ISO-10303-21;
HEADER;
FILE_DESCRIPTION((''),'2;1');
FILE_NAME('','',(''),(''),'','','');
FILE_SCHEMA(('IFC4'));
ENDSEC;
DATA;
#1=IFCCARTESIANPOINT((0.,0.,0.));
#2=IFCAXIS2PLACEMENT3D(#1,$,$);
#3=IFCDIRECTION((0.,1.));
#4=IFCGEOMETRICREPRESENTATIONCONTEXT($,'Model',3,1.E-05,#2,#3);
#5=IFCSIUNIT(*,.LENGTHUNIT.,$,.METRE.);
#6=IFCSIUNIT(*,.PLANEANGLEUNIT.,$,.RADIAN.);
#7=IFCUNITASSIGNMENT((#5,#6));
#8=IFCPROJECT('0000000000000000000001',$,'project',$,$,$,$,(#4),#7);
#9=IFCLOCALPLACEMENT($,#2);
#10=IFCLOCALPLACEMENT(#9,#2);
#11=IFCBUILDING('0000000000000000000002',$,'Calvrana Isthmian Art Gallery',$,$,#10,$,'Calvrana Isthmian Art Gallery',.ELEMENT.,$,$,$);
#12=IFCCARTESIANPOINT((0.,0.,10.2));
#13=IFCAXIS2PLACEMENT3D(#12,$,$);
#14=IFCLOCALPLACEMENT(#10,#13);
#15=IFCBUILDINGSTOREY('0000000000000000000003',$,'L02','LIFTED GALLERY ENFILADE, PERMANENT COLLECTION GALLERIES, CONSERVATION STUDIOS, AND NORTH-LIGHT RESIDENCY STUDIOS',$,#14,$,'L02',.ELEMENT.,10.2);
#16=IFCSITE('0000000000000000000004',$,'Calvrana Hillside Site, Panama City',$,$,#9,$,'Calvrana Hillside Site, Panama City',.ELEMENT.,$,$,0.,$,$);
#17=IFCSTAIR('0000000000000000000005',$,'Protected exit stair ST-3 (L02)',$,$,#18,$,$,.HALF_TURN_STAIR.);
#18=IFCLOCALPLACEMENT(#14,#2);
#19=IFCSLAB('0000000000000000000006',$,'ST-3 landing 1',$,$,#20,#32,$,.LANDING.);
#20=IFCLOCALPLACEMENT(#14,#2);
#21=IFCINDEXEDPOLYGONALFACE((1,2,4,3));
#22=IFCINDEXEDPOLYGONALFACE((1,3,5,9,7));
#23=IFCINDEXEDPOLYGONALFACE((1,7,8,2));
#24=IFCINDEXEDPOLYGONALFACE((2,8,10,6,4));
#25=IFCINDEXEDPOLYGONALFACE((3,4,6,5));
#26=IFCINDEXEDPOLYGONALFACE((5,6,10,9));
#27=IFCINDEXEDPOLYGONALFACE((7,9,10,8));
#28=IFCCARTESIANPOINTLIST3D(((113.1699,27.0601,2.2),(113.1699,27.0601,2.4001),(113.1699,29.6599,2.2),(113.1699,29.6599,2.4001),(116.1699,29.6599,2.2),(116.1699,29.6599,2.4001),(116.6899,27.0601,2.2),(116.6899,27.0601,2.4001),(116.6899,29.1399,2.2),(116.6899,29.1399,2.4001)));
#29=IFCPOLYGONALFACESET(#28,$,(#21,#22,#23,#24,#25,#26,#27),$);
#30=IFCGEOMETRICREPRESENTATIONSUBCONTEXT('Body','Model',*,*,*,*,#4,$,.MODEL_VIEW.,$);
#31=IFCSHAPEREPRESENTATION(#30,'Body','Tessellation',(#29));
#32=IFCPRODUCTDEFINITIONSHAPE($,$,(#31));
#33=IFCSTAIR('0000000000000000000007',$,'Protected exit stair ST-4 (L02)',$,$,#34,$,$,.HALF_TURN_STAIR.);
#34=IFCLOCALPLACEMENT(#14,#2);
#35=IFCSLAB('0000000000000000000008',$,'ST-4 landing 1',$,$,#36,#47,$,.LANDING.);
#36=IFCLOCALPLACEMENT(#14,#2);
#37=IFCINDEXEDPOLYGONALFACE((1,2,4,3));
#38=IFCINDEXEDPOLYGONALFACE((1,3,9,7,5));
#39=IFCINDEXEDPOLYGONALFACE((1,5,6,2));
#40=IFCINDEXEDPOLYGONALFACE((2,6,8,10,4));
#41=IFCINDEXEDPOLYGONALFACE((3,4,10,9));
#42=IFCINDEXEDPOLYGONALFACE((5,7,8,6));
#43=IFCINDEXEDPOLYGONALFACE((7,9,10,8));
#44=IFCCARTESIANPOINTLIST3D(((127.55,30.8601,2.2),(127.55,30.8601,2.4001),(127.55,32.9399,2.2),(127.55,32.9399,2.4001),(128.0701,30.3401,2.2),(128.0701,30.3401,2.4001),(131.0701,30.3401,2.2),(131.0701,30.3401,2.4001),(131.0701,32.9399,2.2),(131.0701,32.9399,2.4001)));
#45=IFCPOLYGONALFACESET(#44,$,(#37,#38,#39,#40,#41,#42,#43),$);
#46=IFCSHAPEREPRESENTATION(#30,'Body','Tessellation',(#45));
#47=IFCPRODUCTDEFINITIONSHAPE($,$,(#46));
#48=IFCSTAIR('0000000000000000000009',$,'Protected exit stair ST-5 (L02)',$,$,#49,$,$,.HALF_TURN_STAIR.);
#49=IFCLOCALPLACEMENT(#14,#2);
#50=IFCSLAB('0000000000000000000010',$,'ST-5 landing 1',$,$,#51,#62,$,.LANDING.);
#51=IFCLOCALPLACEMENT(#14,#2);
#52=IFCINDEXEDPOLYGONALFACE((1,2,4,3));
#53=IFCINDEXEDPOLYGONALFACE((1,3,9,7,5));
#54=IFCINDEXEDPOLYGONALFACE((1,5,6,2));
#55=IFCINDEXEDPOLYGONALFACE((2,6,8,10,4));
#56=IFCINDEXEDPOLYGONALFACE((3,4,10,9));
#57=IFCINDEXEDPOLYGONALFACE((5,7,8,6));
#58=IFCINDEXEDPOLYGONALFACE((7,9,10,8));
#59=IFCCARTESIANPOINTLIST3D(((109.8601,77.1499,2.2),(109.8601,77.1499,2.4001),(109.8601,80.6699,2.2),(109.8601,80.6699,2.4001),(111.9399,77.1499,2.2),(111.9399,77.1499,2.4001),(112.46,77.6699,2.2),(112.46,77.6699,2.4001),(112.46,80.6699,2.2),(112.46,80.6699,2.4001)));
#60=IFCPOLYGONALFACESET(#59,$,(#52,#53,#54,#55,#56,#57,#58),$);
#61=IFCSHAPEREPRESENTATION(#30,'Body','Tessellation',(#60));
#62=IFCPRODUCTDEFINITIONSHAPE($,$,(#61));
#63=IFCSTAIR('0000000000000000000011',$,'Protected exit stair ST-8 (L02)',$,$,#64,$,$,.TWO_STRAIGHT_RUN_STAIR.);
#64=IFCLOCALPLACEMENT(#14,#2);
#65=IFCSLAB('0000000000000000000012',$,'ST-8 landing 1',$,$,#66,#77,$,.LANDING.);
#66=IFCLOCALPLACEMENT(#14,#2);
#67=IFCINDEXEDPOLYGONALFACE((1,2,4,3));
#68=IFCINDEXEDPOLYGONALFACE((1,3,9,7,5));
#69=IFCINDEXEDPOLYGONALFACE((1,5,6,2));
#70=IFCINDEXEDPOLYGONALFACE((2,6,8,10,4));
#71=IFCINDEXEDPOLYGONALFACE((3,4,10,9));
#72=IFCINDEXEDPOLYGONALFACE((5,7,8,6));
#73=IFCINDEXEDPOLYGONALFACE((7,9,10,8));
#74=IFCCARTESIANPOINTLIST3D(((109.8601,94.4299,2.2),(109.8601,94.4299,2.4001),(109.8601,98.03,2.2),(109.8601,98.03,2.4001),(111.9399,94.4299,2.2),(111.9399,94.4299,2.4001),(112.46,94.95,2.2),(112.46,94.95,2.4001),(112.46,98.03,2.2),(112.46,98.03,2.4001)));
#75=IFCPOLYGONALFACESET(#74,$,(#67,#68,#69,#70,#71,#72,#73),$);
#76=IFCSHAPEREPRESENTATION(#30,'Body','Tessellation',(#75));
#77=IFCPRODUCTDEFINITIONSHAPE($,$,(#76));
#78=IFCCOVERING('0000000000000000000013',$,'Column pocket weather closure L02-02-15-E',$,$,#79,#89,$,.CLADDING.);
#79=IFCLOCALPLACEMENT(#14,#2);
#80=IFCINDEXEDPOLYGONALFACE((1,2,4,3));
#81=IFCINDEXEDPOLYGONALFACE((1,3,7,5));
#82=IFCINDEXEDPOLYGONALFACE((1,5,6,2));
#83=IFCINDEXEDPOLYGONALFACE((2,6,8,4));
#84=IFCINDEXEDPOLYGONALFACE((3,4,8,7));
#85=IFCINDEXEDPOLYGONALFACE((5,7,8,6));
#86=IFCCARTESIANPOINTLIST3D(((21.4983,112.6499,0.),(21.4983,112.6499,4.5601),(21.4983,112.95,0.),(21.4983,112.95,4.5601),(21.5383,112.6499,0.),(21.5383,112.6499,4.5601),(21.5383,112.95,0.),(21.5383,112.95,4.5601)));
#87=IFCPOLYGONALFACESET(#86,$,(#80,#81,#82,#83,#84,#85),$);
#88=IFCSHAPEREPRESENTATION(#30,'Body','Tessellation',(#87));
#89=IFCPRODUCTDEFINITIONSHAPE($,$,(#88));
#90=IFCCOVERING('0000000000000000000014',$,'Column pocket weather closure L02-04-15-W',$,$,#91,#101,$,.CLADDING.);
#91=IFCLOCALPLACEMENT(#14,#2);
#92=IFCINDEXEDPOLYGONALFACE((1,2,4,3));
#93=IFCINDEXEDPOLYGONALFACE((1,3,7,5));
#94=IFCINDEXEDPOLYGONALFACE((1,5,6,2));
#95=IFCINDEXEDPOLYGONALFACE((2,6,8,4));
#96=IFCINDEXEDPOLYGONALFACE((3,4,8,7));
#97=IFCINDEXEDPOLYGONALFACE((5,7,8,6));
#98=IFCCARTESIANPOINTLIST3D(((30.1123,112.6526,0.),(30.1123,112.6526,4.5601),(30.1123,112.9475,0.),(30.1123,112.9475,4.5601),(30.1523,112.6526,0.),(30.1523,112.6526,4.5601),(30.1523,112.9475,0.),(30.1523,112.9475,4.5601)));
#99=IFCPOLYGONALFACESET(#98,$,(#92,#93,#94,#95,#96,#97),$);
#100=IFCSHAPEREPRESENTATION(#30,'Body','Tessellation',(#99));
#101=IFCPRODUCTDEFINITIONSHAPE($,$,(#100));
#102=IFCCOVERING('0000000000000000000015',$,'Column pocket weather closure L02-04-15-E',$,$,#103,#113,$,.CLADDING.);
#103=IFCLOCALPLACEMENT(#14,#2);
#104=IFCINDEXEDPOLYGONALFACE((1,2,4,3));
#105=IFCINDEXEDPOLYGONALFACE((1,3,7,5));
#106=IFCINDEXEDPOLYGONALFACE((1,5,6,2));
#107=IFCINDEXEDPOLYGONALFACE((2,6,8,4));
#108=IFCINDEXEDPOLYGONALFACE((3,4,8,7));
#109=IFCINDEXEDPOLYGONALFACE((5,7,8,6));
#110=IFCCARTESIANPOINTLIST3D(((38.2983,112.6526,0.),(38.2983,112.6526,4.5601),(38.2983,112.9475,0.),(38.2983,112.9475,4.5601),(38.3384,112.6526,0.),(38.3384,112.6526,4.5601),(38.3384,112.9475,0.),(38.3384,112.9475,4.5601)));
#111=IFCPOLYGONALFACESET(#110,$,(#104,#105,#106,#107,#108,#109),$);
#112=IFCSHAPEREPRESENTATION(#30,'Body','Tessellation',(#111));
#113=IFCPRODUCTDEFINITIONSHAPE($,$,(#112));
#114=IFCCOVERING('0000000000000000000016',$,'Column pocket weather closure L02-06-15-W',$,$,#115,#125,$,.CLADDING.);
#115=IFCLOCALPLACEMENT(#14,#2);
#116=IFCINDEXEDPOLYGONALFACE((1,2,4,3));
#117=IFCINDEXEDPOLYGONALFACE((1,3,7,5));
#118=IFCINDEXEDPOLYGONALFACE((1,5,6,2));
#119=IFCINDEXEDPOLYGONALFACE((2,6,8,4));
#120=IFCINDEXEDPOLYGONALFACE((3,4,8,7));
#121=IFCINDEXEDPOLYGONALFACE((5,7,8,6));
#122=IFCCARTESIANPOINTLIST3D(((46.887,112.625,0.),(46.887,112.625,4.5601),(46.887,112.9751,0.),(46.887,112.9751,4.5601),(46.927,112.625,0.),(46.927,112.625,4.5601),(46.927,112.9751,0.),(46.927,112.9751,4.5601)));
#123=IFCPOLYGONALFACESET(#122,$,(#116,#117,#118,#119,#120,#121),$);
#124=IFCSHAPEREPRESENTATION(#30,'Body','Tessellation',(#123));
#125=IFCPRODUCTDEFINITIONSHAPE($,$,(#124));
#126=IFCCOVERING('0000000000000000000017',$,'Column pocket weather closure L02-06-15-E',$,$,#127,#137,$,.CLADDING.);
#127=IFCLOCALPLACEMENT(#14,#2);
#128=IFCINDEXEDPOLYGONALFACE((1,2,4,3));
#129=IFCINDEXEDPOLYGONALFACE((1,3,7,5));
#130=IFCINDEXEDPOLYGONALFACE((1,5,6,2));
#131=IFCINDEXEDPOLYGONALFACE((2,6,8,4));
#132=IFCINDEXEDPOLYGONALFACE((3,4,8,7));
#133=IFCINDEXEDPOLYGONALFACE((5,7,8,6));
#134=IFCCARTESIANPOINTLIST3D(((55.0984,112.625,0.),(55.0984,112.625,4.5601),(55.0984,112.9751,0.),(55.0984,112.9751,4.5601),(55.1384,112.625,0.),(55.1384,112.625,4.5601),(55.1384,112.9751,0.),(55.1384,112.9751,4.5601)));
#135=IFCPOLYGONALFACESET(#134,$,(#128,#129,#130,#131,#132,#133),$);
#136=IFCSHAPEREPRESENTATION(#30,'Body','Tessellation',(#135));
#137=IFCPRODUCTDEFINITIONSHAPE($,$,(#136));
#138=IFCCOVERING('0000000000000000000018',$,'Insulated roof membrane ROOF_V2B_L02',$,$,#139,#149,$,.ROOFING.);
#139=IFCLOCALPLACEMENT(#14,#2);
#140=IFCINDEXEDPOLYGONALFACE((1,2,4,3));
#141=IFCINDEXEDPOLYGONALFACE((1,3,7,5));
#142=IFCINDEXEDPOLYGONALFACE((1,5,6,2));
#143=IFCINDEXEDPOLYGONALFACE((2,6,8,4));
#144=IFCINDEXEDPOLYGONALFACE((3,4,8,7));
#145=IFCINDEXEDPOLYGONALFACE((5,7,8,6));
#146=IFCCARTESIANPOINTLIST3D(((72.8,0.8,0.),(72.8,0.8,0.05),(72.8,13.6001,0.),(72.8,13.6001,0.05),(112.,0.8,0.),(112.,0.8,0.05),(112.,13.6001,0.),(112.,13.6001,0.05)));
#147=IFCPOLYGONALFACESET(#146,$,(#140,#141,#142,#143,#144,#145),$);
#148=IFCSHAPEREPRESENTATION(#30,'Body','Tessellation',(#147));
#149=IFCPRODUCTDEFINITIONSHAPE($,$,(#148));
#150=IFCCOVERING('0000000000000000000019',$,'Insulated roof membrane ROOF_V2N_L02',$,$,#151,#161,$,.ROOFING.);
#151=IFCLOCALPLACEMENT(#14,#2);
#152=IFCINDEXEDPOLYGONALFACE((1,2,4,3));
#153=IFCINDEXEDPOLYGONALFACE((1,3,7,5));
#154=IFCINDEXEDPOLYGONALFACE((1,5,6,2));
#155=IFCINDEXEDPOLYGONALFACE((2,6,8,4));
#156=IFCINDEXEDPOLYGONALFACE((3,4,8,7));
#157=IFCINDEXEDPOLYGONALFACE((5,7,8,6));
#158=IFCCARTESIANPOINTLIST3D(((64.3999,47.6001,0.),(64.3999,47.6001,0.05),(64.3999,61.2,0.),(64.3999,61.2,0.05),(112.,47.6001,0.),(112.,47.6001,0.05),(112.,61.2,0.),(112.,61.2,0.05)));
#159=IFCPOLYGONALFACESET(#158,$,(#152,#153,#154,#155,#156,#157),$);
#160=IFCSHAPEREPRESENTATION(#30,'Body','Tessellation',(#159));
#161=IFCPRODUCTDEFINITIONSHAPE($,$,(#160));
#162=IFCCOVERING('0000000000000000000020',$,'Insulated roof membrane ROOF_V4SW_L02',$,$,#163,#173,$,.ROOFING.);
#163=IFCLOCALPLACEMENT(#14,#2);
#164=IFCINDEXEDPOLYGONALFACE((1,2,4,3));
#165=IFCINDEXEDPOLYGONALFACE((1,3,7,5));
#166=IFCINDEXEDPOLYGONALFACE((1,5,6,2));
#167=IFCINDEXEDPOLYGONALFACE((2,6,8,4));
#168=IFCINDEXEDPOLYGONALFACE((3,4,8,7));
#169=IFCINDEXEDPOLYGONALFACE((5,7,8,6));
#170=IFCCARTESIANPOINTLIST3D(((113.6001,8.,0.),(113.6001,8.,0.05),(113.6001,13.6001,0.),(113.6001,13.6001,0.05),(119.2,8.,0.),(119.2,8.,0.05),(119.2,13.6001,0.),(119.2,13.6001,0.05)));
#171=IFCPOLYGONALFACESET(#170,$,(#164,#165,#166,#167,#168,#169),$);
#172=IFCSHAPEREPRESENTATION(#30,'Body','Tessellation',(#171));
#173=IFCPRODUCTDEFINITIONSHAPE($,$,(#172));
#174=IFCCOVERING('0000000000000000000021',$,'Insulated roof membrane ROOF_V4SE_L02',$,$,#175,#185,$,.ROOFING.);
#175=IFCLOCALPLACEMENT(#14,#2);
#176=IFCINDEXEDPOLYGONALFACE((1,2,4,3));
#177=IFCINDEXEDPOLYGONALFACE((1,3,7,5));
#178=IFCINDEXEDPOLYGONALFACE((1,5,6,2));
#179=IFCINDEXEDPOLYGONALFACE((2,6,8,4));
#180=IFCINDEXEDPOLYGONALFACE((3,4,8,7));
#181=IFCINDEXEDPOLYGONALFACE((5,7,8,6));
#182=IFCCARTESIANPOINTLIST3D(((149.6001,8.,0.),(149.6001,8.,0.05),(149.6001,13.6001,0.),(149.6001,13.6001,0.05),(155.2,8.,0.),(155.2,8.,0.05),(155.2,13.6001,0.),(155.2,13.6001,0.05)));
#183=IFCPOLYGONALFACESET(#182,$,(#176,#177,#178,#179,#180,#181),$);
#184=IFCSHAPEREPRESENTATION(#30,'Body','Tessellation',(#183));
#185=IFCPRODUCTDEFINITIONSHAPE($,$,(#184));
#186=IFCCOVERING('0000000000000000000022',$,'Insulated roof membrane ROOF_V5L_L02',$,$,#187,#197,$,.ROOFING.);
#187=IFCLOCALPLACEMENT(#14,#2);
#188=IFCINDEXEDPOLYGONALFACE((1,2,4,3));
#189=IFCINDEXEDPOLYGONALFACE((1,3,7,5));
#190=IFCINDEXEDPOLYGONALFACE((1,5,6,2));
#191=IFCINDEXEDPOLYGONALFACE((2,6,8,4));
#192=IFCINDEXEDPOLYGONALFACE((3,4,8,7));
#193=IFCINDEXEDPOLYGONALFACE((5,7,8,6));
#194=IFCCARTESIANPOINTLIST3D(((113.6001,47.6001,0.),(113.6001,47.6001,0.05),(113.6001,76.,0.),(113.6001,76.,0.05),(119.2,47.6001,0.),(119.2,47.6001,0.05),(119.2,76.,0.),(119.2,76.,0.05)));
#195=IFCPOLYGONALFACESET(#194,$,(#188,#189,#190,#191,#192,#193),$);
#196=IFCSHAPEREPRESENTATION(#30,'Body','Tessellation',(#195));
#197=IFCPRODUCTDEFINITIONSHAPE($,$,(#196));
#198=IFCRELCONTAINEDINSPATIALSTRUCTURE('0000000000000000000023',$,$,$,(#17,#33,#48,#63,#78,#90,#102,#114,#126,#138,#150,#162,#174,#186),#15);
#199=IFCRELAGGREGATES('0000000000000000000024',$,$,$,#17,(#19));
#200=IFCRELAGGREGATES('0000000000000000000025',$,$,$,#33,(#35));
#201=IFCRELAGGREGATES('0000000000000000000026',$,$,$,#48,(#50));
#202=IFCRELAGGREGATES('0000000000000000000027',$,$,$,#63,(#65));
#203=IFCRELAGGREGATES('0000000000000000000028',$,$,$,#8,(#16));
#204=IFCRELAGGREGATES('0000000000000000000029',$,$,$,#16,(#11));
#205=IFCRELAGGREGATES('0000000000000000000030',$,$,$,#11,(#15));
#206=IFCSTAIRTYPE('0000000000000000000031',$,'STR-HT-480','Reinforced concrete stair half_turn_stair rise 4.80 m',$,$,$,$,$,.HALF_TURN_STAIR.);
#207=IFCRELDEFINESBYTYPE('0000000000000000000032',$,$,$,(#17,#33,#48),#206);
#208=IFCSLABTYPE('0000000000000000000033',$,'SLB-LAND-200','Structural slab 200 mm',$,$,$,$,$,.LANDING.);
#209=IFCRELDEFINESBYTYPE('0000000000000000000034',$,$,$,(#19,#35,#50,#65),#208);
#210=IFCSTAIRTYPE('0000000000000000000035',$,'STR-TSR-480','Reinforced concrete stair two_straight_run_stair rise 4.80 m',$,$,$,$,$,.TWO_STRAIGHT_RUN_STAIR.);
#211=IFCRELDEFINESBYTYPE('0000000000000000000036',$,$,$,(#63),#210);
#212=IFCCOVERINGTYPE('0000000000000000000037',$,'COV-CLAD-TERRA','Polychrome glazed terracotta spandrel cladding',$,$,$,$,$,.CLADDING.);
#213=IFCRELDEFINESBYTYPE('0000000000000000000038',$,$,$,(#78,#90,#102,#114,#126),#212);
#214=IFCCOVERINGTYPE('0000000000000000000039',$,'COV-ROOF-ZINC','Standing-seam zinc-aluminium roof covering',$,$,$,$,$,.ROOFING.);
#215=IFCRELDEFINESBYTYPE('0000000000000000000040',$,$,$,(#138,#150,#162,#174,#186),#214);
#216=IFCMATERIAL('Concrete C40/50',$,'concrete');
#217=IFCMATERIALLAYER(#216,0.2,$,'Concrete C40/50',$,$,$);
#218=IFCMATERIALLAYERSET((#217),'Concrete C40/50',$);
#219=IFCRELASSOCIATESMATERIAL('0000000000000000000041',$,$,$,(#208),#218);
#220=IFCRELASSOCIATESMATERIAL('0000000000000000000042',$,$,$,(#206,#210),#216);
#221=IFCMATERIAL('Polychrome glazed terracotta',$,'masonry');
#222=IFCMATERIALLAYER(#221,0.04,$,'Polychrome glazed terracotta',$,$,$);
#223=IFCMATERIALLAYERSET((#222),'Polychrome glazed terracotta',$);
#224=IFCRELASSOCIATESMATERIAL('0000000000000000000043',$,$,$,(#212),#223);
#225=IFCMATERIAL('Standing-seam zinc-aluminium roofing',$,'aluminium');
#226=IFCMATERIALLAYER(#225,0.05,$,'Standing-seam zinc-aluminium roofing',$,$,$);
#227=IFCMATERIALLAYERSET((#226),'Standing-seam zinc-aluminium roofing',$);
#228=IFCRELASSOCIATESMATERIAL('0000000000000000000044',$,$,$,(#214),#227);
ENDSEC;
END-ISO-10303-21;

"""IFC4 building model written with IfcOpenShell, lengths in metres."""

from ifc_helpers import new_model, si_unit, direction, frame, origin, place, context, subcontext, project, spatial, polyline, outline, extrude, material, layer, layer_set, type_object, element, aggregate, save


model = new_model("IFC4")

# Units and contexts
model_context = context("Model", 3, precision=1e-05, world=origin(), true_north=direction((0.0, 1.0)))
body_context = subcontext(model_context, "Body", "Model", "MODEL_VIEW")
ifc_project = project(units=[si_unit("LENGTHUNIT", "METRE"), si_unit("PLANEANGLEUNIT", "RADIAN")], contexts=[model_context])

# Site, building, storey
site_placement = place(None, origin())
site = spatial("IfcSite", under=ifc_project, at=site_placement, Name="Calvrana Hillside Site, Panama City", LongName="Calvrana Hillside Site, Panama City", CompositionType="ELEMENT", RefElevation=0.0)
building_placement = place(site_placement, origin())
building = spatial("IfcBuilding", under=site, at=building_placement, Name="Calvrana Isthmian Art Gallery", LongName="Calvrana Isthmian Art Gallery", CompositionType="ELEMENT")
storey_placement = place(building_placement, frame((0.0, 0.0, 10.2)))
storey = spatial("IfcBuildingStorey", under=building, at=storey_placement, Name="L02", Description="LIFTED GALLERY ENFILADE, PERMANENT COLLECTION GALLERIES, CONSERVATION STUDIOS, AND NORTH-LIGHT RESIDENCY STUDIOS", LongName="L02", CompositionType="ELEMENT", Elevation=10.2)

# Stairs, slabs
ifc_material_1 = material(Name="Concrete C40/50", Category="concrete")
ifc_layer_1 = layer(ifc_material_1, 0.2, Name="Concrete C40/50")
ifc_layer_set_1 = layer_set([ifc_layer_1], Name="Concrete C40/50")
slab_type = type_object("IfcSlabType", Name="SLB-LAND-200", Description="Structural slab 200 mm", PredefinedType="LANDING", material=ifc_layer_set_1)
stair_type_1 = type_object("IfcStairType", Name="STR-HT-480", Description="Reinforced concrete stair half_turn_stair rise 4.80 m", PredefinedType="HALF_TURN_STAIR", material=ifc_material_1)
stair_1_placement = place(storey_placement, origin())
stair_1 = element("IfcStair", 1, at=stair_1_placement, inside=storey, type_object=stair_type_1, Name="Protected exit stair ST-3 (L02)", PredefinedType="HALF_TURN_STAIR")
slab_1_placement = place(storey_placement, frame((0.0, 0.0, 2.2)))
slab_1 = element("IfcSlab", 2, at=slab_1_placement, type_object=slab_type, Name="ST-3 landing 1", PredefinedType="LANDING", context=body_context, shape_type="SweptSolid", body=[
    extrude(outline(polyline([(116.6899, 27.0601), (116.6899, 29.1399), (116.1699, 29.6599), (113.1699, 29.6599), (113.1699, 27.0601), (116.6899, 27.0601)])), origin(), (0.0, 0.0, 1.0), 0.2002),
])
aggregate(stair_1, [slab_1])
stair_2_placement = place(storey_placement, origin())
stair_2 = element("IfcStair", 3, at=stair_2_placement, inside=storey, type_object=stair_type_1, Name="Protected exit stair ST-4 (L02)", PredefinedType="HALF_TURN_STAIR")
slab_2_placement = place(storey_placement, frame((0.0, 0.0, 2.2)))
slab_2 = element("IfcSlab", 4, at=slab_2_placement, type_object=slab_type, Name="ST-4 landing 1", PredefinedType="LANDING", context=body_context, shape_type="SweptSolid", body=[
    extrude(outline(polyline([(127.55, 32.9399), (127.55, 30.8601), (128.0701, 30.3401), (131.0701, 30.3401), (131.0701, 32.9399), (127.55, 32.9399)])), origin(), (0.0, 0.0, 1.0), 0.2002),
])
aggregate(stair_2, [slab_2])
stair_3_placement = place(storey_placement, origin())
stair_3 = element("IfcStair", 5, at=stair_3_placement, inside=storey, type_object=stair_type_1, Name="Protected exit stair ST-5 (L02)", PredefinedType="HALF_TURN_STAIR")
slab_3_placement = place(storey_placement, frame((0.0, 0.0, 2.2)))
slab_3 = element("IfcSlab", 6, at=slab_3_placement, type_object=slab_type, Name="ST-5 landing 1", PredefinedType="LANDING", context=body_context, shape_type="SweptSolid", body=[
    extrude(outline(polyline([(109.8601, 77.1499), (111.9399, 77.1499), (112.46, 77.6699), (112.46, 80.6699), (109.8601, 80.6699), (109.8601, 77.1499)])), origin(), (0.0, 0.0, 1.0), 0.2002),
])
aggregate(stair_3, [slab_3])
stair_type_2 = type_object("IfcStairType", Name="STR-TSR-480", Description="Reinforced concrete stair two_straight_run_stair rise 4.80 m", PredefinedType="TWO_STRAIGHT_RUN_STAIR", material=ifc_material_1)
stair_4_placement = place(storey_placement, origin())
stair_4 = element("IfcStair", 7, at=stair_4_placement, inside=storey, type_object=stair_type_2, Name="Protected exit stair ST-8 (L02)", PredefinedType="TWO_STRAIGHT_RUN_STAIR")
slab_4_placement = place(storey_placement, frame((0.0, 0.0, 2.2)))
slab_4 = element("IfcSlab", 8, at=slab_4_placement, type_object=slab_type, Name="ST-8 landing 1", PredefinedType="LANDING", context=body_context, shape_type="SweptSolid", body=[
    extrude(outline(polyline([(109.8601, 94.4299), (111.9399, 94.4299), (112.46, 94.95), (112.46, 98.03), (109.8601, 98.03), (109.8601, 94.4299)])), origin(), (0.0, 0.0, 1.0), 0.2002),
])
aggregate(stair_4, [slab_4])

# Coverings
ifc_material_2 = material(Name="Polychrome glazed terracotta", Category="masonry")
ifc_layer_2 = layer(ifc_material_2, 0.04, Name="Polychrome glazed terracotta")
ifc_layer_set_2 = layer_set([ifc_layer_2], Name="Polychrome glazed terracotta")
covering_type_1 = type_object("IfcCoveringType", Name="COV-CLAD-TERRA", Description="Polychrome glazed terracotta spandrel cladding", PredefinedType="CLADDING", material=ifc_layer_set_2)
covering_1_placement = place(storey_placement, origin())
element("IfcCovering", 9, at=covering_1_placement, inside=storey, type_object=covering_type_1, Name="Column pocket weather closure L02-02-15-E", PredefinedType="CLADDING", context=body_context, shape_type="SweptSolid", body=[
    extrude(outline(polyline([(21.4983, 112.6499), (21.5383, 112.6499), (21.5383, 112.95), (21.4983, 112.95), (21.4983, 112.6499)])), origin(), (0.0, 0.0, 1.0), 4.5601),
])
covering_2_placement = place(storey_placement, origin())
element("IfcCovering", 10, at=covering_2_placement, inside=storey, type_object=covering_type_1, Name="Column pocket weather closure L02-04-15-W", PredefinedType="CLADDING", context=body_context, shape_type="SweptSolid", body=[
    extrude(outline(polyline([(30.1123, 112.6526), (30.1523, 112.6526), (30.1523, 112.9475), (30.1123, 112.9475), (30.1123, 112.6526)])), origin(), (0.0, 0.0, 1.0), 4.5601),
])
covering_3_placement = place(storey_placement, origin())
element("IfcCovering", 11, at=covering_3_placement, inside=storey, type_object=covering_type_1, Name="Column pocket weather closure L02-04-15-E", PredefinedType="CLADDING", context=body_context, shape_type="SweptSolid", body=[
    extrude(outline(polyline([(38.2983, 112.6526), (38.3384, 112.6526), (38.3384, 112.9475), (38.2983, 112.9475), (38.2983, 112.6526)])), origin(), (0.0, 0.0, 1.0), 4.5601),
])
covering_4_placement = place(storey_placement, origin())
element("IfcCovering", 12, at=covering_4_placement, inside=storey, type_object=covering_type_1, Name="Column pocket weather closure L02-06-15-W", PredefinedType="CLADDING", context=body_context, shape_type="SweptSolid", body=[
    extrude(outline(polyline([(46.887, 112.625), (46.927, 112.625), (46.927, 112.9751), (46.887, 112.9751), (46.887, 112.625)])), origin(), (0.0, 0.0, 1.0), 4.5601),
])
covering_5_placement = place(storey_placement, origin())
element("IfcCovering", 13, at=covering_5_placement, inside=storey, type_object=covering_type_1, Name="Column pocket weather closure L02-06-15-E", PredefinedType="CLADDING", context=body_context, shape_type="SweptSolid", body=[
    extrude(outline(polyline([(55.0984, 112.625), (55.1384, 112.625), (55.1384, 112.9751), (55.0984, 112.9751), (55.0984, 112.625)])), origin(), (0.0, 0.0, 1.0), 4.5601),
])
ifc_material_3 = material(Name="Standing-seam zinc-aluminium roofing", Category="aluminium")
ifc_layer_3 = layer(ifc_material_3, 0.05, Name="Standing-seam zinc-aluminium roofing")
ifc_layer_set_3 = layer_set([ifc_layer_3], Name="Standing-seam zinc-aluminium roofing")
covering_type_2 = type_object("IfcCoveringType", Name="COV-ROOF-ZINC", Description="Standing-seam zinc-aluminium roof covering", PredefinedType="ROOFING", material=ifc_layer_set_3)
covering_6_placement = place(storey_placement, origin())
element("IfcCovering", 14, at=covering_6_placement, inside=storey, type_object=covering_type_2, Name="Insulated roof membrane ROOF_V2B_L02", PredefinedType="ROOFING", context=body_context, shape_type="SweptSolid", body=[
    extrude(outline(polyline([(72.8, 0.8), (112.0, 0.8), (112.0, 13.6001), (72.8, 13.6001), (72.8, 0.8)])), origin(), (0.0, 0.0, 1.0), 0.05),
])
covering_7_placement = place(storey_placement, origin())
element("IfcCovering", 15, at=covering_7_placement, inside=storey, type_object=covering_type_2, Name="Insulated roof membrane ROOF_V2N_L02", PredefinedType="ROOFING", context=body_context, shape_type="SweptSolid", body=[
    extrude(outline(polyline([(64.3999, 47.6001), (112.0, 47.6001), (112.0, 61.2), (64.3999, 61.2), (64.3999, 47.6001)])), origin(), (0.0, 0.0, 1.0), 0.05),
])
covering_8_placement = place(storey_placement, origin())
element("IfcCovering", 16, at=covering_8_placement, inside=storey, type_object=covering_type_2, Name="Insulated roof membrane ROOF_V4SW_L02", PredefinedType="ROOFING", context=body_context, shape_type="SweptSolid", body=[
    extrude(outline(polyline([(113.6001, 8.0), (119.2, 8.0), (119.2, 13.6001), (113.6001, 13.6001), (113.6001, 8.0)])), origin(), (0.0, 0.0, 1.0), 0.05),
])
covering_9_placement = place(storey_placement, origin())
element("IfcCovering", 17, at=covering_9_placement, inside=storey, type_object=covering_type_2, Name="Insulated roof membrane ROOF_V4SE_L02", PredefinedType="ROOFING", context=body_context, shape_type="SweptSolid", body=[
    extrude(outline(polyline([(149.6001, 8.0), (155.2, 8.0), (155.2, 13.6001), (149.6001, 13.6001), (149.6001, 8.0)])), origin(), (0.0, 0.0, 1.0), 0.05),
])
covering_10_placement = place(storey_placement, origin())
element("IfcCovering", 18, at=covering_10_placement, inside=storey, type_object=covering_type_2, Name="Insulated roof membrane ROOF_V5L_L02", PredefinedType="ROOFING", context=body_context, shape_type="SweptSolid", body=[
    extrude(outline(polyline([(113.6001, 47.6001), (119.2, 47.6001), (119.2, 76.0), (113.6001, 76.0), (113.6001, 47.6001)])), origin(), (0.0, 0.0, 1.0), 0.05),
])

save(model, "model.ifc")
